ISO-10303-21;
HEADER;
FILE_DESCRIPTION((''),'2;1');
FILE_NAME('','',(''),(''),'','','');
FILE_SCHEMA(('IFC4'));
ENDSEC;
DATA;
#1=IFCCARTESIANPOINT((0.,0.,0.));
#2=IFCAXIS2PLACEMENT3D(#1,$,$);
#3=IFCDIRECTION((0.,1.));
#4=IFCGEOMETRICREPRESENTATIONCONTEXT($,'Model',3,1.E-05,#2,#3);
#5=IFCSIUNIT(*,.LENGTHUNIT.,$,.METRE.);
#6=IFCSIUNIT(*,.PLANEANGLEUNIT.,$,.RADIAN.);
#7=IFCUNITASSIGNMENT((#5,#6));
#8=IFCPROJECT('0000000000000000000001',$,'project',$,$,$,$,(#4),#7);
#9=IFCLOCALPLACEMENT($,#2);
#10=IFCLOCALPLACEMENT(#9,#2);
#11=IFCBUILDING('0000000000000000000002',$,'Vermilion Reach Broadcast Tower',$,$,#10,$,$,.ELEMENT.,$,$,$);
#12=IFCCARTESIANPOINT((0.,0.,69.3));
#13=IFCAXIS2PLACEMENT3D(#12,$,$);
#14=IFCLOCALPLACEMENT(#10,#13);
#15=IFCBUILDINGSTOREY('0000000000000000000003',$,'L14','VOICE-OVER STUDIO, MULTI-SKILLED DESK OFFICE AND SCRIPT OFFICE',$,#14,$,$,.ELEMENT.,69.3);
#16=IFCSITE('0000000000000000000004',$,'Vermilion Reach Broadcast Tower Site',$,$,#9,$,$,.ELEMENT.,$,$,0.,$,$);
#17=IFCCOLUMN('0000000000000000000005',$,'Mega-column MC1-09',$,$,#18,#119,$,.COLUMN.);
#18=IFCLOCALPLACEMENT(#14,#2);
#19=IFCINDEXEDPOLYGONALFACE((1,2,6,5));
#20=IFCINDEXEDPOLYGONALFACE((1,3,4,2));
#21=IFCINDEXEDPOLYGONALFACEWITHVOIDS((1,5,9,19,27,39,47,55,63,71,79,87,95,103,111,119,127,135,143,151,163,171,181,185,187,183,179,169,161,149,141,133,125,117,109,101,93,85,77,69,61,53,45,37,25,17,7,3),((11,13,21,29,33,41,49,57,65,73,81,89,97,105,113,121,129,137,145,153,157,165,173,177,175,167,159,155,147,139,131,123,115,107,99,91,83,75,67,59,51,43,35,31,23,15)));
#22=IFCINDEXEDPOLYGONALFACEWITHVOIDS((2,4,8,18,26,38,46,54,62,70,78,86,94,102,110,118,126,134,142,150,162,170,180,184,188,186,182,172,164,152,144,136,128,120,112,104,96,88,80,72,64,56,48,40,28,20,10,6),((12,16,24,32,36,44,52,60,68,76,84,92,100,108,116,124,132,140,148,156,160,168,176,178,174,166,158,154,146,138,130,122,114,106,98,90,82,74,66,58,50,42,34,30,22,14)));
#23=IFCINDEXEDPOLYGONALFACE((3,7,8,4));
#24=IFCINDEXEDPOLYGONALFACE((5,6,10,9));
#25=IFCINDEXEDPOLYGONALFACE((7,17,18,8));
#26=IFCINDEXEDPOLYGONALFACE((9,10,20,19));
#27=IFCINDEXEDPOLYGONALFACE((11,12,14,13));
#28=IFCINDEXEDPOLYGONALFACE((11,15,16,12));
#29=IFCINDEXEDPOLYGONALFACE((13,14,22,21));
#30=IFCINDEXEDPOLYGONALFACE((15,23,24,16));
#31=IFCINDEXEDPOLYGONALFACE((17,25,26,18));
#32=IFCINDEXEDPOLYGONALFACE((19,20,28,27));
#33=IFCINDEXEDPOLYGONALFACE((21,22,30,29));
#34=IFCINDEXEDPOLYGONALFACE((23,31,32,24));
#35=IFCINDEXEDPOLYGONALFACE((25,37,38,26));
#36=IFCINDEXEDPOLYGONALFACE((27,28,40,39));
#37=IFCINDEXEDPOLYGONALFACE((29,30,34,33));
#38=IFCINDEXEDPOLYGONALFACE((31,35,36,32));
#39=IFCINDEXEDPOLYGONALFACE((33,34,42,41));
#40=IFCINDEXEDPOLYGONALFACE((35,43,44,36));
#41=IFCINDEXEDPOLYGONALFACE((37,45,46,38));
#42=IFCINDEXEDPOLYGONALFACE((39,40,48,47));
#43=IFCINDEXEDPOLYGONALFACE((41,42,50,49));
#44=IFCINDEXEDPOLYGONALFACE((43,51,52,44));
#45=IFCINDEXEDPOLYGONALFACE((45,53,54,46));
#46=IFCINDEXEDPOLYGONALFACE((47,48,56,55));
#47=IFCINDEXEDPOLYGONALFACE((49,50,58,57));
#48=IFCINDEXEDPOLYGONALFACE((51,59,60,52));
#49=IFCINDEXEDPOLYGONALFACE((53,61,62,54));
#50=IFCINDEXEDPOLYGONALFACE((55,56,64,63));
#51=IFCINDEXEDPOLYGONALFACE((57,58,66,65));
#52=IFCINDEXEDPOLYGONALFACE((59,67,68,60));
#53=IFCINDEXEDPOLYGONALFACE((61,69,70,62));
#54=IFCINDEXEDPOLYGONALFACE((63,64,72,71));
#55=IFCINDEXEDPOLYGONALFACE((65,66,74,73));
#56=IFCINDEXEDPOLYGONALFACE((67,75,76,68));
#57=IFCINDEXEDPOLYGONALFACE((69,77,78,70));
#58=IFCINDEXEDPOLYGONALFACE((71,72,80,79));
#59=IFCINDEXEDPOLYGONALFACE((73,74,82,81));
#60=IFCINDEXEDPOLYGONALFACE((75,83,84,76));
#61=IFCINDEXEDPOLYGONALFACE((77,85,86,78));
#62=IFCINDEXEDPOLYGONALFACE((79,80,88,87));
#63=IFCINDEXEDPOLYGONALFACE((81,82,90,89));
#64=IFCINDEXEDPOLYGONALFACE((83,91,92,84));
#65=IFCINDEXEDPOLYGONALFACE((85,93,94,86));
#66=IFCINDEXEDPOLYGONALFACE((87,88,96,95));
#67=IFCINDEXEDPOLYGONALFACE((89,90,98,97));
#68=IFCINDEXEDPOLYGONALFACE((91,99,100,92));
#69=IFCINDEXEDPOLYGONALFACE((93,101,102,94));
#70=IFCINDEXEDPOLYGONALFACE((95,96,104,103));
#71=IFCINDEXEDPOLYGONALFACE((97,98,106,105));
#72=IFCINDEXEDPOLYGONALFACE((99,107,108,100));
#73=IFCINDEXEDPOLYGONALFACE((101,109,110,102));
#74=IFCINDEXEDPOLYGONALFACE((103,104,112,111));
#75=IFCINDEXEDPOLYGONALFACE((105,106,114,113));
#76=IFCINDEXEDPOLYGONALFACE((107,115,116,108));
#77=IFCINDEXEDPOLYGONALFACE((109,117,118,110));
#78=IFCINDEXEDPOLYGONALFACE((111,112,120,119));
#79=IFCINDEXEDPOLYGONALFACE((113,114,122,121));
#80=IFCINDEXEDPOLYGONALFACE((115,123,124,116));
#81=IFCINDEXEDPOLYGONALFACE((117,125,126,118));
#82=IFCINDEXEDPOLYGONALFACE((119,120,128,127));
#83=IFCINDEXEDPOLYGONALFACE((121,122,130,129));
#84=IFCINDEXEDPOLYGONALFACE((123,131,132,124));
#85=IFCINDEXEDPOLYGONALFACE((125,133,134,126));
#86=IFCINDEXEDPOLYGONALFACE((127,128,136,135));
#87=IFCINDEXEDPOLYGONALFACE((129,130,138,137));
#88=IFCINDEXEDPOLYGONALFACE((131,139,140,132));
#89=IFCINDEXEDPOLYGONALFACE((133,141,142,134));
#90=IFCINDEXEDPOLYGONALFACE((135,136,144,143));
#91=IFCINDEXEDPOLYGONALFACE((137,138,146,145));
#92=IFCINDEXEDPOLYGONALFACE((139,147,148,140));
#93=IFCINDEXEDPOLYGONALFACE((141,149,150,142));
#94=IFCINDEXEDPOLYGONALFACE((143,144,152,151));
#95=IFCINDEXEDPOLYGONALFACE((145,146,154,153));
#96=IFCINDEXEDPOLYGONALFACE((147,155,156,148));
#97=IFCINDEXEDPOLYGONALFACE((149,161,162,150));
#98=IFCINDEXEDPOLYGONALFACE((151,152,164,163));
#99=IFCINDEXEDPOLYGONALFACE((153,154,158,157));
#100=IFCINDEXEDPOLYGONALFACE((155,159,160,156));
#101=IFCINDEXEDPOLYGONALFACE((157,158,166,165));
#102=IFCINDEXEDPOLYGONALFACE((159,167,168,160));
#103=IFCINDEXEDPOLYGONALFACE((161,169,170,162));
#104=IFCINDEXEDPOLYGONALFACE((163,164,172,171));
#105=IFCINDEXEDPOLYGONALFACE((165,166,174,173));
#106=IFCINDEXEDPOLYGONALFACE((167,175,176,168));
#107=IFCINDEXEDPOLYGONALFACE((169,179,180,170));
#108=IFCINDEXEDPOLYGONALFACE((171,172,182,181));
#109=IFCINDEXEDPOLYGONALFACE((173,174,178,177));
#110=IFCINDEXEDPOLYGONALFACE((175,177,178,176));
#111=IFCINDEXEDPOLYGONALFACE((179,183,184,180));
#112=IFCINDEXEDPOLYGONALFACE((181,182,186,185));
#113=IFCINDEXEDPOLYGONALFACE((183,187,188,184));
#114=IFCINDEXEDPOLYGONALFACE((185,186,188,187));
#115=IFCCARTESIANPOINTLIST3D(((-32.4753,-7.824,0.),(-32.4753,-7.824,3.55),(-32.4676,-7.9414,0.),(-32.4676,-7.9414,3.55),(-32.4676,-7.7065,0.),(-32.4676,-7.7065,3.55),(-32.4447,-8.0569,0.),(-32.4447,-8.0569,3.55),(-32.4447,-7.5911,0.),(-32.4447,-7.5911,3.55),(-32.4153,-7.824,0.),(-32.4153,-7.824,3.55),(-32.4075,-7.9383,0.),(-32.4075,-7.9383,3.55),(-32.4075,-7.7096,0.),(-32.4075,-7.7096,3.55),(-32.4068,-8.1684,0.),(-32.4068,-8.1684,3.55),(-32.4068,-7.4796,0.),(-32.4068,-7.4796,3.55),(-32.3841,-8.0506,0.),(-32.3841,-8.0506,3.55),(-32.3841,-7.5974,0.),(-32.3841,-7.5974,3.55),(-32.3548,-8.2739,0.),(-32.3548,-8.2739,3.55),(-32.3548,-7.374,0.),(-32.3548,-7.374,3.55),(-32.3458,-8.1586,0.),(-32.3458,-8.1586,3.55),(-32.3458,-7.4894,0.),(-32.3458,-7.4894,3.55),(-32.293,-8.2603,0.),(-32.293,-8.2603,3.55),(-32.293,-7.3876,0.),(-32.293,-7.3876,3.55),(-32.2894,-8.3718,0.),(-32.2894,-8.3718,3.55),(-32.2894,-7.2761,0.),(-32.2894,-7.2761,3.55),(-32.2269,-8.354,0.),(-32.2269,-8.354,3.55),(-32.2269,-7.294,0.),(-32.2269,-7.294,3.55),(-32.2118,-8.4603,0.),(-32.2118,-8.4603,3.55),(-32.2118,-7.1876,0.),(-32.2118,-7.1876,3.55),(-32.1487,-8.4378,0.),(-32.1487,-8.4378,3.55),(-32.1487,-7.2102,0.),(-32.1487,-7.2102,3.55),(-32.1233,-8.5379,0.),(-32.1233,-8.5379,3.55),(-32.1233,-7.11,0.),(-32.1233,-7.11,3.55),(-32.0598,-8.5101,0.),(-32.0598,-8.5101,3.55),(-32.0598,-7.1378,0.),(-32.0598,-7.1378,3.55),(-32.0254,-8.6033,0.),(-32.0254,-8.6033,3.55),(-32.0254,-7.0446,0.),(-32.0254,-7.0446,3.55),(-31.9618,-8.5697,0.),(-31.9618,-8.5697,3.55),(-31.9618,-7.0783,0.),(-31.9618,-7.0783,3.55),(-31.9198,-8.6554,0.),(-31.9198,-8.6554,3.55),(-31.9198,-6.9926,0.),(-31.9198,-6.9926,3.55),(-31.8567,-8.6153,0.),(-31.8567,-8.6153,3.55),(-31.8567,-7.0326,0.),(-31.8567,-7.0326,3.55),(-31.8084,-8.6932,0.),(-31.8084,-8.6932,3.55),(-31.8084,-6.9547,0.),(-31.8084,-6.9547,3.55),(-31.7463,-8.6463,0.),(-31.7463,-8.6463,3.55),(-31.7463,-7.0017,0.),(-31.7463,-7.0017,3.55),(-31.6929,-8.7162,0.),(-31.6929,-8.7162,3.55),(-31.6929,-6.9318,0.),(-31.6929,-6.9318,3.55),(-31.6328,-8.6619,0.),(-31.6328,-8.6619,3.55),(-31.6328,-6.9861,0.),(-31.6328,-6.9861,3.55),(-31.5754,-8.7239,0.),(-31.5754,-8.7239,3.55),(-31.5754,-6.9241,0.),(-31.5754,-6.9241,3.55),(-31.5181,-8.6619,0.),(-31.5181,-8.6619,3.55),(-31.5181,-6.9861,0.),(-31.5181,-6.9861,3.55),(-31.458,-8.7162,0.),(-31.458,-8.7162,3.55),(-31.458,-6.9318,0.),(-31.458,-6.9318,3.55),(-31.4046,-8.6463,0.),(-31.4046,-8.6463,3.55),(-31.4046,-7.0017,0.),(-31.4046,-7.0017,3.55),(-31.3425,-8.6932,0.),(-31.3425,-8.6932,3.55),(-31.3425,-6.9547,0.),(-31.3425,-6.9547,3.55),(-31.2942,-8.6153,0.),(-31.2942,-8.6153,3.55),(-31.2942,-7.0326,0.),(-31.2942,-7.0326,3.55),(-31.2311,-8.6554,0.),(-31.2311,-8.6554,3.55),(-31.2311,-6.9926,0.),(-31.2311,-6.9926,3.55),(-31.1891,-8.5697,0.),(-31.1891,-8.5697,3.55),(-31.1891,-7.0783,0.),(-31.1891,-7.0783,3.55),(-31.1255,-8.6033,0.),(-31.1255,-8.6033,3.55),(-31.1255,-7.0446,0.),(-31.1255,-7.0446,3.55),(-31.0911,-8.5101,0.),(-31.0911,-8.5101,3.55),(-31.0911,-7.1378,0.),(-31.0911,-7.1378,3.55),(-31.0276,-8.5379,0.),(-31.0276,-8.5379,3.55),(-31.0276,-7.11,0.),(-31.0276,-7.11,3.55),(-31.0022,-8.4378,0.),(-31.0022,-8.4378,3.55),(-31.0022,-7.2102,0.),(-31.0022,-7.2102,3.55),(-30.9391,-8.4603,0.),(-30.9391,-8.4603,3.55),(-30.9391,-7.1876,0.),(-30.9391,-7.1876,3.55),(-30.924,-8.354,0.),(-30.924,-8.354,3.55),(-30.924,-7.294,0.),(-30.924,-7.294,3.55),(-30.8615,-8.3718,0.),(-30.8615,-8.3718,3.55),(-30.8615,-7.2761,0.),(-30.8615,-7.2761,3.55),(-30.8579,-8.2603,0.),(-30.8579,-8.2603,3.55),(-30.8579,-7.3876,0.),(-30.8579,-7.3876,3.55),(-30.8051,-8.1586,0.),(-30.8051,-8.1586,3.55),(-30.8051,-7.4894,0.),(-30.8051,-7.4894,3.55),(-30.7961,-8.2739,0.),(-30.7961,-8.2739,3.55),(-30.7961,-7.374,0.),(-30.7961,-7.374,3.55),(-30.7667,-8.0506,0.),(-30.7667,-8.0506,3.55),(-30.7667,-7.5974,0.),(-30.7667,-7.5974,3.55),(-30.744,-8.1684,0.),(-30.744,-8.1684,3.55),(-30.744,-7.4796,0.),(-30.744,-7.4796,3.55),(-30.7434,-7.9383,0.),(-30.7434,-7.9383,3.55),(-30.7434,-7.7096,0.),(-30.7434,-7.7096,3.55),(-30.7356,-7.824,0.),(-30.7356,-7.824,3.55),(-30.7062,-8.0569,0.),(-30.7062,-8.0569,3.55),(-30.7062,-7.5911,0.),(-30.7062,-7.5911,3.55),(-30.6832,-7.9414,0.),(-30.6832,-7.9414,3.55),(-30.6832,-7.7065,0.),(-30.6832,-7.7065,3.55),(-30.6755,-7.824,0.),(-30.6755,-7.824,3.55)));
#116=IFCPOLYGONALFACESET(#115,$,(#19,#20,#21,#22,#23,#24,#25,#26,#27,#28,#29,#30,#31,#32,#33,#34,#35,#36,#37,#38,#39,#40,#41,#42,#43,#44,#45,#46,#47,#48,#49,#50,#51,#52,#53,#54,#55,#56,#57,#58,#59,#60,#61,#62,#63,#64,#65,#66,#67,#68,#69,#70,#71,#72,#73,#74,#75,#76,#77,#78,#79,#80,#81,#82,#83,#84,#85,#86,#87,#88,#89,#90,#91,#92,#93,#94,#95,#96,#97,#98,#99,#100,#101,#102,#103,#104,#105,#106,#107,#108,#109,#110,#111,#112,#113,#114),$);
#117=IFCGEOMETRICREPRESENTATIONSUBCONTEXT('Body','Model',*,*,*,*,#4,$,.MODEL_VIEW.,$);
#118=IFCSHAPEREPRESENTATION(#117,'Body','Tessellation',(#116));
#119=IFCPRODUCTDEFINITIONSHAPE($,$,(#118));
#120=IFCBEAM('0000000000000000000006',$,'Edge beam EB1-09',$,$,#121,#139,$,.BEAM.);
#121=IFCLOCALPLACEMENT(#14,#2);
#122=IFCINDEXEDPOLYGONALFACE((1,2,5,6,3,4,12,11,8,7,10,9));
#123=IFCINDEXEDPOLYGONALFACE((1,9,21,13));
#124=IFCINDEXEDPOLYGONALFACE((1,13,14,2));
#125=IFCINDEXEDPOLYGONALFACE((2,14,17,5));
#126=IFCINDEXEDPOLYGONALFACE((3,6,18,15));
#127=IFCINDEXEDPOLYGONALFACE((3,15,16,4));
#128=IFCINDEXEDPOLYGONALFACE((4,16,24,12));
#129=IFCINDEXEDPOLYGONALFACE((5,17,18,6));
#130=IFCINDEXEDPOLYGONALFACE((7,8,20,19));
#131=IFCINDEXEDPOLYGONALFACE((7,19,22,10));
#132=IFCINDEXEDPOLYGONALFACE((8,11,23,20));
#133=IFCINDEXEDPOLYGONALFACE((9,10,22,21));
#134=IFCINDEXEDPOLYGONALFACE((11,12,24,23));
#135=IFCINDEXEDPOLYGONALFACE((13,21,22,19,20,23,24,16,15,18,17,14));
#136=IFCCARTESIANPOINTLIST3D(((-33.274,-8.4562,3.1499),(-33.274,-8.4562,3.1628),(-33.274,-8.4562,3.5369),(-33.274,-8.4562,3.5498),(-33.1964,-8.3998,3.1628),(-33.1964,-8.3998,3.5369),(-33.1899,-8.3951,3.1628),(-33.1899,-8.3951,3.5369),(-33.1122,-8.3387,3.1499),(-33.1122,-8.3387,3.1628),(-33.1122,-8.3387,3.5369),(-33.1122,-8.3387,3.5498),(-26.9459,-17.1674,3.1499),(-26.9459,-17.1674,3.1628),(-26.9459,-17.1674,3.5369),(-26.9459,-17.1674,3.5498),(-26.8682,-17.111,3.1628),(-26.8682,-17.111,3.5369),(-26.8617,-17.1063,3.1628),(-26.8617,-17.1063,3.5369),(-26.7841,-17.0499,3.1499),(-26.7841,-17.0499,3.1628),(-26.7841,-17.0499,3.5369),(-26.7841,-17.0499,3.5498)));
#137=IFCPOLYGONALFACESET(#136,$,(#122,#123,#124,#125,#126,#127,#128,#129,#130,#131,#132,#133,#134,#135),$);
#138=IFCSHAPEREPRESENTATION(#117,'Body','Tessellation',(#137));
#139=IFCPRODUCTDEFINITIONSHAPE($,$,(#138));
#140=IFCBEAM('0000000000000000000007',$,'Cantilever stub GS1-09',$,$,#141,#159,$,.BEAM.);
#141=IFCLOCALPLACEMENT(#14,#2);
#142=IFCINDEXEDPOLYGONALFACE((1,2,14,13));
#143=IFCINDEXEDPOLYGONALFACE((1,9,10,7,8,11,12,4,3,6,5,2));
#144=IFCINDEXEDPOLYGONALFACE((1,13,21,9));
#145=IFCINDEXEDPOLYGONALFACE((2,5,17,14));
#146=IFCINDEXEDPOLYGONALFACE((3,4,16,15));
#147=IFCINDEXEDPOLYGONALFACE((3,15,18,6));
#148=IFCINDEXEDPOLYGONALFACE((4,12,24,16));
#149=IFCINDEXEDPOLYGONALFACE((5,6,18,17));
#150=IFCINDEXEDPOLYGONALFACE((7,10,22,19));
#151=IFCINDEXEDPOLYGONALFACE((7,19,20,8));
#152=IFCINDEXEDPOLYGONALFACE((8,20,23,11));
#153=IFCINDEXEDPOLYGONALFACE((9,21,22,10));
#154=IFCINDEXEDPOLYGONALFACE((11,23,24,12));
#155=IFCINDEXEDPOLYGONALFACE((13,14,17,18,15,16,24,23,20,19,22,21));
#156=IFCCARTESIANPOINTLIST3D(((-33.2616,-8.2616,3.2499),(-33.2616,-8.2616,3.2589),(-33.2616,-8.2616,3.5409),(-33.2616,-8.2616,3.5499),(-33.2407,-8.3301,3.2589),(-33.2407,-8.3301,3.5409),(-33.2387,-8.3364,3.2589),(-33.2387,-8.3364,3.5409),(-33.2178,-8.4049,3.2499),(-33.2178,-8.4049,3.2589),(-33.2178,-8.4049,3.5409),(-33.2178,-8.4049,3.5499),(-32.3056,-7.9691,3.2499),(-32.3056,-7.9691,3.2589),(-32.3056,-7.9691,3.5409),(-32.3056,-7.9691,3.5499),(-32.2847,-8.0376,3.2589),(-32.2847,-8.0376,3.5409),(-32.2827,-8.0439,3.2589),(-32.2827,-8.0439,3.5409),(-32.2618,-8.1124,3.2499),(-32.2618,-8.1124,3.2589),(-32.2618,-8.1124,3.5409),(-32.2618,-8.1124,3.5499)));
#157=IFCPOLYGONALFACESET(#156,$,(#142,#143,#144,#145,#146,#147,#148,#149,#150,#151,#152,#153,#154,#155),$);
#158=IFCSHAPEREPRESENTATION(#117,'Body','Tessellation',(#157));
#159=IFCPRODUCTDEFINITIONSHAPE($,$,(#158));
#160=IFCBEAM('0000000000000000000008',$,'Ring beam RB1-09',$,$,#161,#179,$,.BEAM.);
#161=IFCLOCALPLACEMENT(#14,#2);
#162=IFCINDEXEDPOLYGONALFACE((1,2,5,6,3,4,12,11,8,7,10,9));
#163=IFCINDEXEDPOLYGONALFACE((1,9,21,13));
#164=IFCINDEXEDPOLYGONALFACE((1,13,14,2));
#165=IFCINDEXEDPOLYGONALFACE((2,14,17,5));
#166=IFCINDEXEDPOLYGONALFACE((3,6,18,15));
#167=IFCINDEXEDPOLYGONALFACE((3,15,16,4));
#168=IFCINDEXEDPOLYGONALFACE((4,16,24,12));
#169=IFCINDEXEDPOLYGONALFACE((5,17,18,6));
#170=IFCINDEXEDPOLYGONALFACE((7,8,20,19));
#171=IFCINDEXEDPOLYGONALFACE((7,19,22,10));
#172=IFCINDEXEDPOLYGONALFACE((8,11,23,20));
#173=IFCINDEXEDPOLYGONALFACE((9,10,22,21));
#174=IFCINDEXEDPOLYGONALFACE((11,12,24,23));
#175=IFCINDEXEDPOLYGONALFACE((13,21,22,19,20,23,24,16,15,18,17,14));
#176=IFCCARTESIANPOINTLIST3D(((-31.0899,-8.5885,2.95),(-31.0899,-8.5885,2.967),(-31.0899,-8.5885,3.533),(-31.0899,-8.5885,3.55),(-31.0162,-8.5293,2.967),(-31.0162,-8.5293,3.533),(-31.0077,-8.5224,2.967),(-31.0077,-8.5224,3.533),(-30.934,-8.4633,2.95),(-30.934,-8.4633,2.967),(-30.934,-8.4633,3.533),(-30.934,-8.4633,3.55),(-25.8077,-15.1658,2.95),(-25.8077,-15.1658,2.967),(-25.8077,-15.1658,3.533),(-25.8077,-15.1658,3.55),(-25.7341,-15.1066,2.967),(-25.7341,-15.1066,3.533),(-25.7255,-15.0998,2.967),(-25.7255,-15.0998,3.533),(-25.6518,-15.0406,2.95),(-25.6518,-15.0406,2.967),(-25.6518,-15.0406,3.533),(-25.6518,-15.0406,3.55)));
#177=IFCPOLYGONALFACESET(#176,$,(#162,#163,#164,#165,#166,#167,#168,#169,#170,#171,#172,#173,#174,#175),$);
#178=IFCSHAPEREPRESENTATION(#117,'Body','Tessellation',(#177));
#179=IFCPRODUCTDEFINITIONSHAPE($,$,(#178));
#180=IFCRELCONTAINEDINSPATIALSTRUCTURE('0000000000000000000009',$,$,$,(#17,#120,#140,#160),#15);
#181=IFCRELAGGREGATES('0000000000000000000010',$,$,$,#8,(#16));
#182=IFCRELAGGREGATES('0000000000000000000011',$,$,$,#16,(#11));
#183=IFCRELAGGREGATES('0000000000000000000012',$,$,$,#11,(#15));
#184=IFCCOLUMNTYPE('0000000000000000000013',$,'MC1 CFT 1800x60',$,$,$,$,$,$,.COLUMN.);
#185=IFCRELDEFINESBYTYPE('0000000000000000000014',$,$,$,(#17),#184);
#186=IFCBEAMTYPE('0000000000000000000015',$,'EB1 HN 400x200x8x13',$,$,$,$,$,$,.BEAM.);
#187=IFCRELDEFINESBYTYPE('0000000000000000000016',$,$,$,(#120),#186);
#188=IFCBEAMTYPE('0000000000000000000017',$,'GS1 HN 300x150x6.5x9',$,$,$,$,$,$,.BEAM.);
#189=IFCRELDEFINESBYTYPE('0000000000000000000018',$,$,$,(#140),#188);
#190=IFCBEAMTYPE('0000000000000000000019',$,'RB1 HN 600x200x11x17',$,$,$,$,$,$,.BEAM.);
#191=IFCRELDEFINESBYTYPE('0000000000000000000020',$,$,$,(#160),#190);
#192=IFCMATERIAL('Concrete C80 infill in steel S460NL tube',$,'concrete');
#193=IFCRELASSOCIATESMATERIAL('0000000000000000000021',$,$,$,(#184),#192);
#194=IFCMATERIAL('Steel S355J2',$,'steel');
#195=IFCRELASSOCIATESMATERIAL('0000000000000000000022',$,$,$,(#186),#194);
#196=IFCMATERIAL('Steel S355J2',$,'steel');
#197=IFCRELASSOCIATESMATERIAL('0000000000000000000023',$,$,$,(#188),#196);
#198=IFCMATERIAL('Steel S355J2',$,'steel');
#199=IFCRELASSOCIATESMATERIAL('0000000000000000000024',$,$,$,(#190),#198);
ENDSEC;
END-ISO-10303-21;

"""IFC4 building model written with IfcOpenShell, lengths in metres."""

from ifc_helpers import new_model, si_unit, direction, frame, origin, origin_2d, place, context, subcontext, project, spatial, hollow_circle, i_section, extrude, material, material_profile, profile_set, type_object, element, save


model = new_model("IFC4")

# Units and contexts
model_context = context("Model", 3, precision=1e-05, world=origin(), true_north=direction((0.0, 1.0)))
body_context = subcontext(model_context, "Body", "Model", "MODEL_VIEW")
ifc_project = project(units=[si_unit("LENGTHUNIT", "METRE"), si_unit("PLANEANGLEUNIT", "RADIAN")], contexts=[model_context])

# Site, building, storey
site_placement = place(None, origin())
site = spatial("IfcSite", under=ifc_project, at=site_placement, Name="Vermilion Reach Broadcast Tower Site", CompositionType="ELEMENT", RefElevation=0.0)
building_placement = place(site_placement, origin())
building = spatial("IfcBuilding", under=site, at=building_placement, Name="Vermilion Reach Broadcast Tower", CompositionType="ELEMENT")
storey_placement = place(building_placement, frame((0.0, 0.0, 69.3)))
storey = spatial("IfcBuildingStorey", under=building, at=storey_placement, Name="L14", Description="VOICE-OVER STUDIO, MULTI-SKILLED DESK OFFICE AND SCRIPT OFFICE", CompositionType="ELEMENT", Elevation=69.3)

# Column
ifc_material_1 = material(Name="Concrete C80 infill in steel S460NL tube", Category="concrete")
ifc_material_profile_1 = material_profile(ifc_material_1, hollow_circle(Radius=0.8999, WallThickness=0.0601, at=origin_2d()), Name="Concrete C80 infill in steel S460NL tube CFT 1800x60")
ifc_profile_set_1 = profile_set([ifc_material_profile_1], Name="Concrete C80 infill in steel S460NL tube")
column_type = type_object("IfcColumnType", Name="MC1 CFT 1800x60", PredefinedType="COLUMN", material=ifc_profile_set_1)
column_placement = place(storey_placement, frame((-31.5754, -7.824, 0.0), z_axis=(0.0, 0.0, 1.0), x_axis=(1.0, 0.0, 0.0)))
element("IfcColumn", 1, at=column_placement, inside=storey, type_object=column_type, Name="Mega-column MC1-09", PredefinedType="COLUMN", context=body_context, shape_type="SweptSolid", body=[
    extrude(hollow_circle(Radius=0.8999, WallThickness=0.0601, at=origin_2d()), origin(), (0.0, 0.0, 1.0), 3.55),
])

# Beams
ifc_material_2 = material(Name="Steel S355J2", Category="steel")
ifc_material_profile_2 = material_profile(ifc_material_2, i_section(OverallWidth=0.2, OverallDepth=0.3999, WebThickness=0.0081, FlangeThickness=0.0129, at=origin_2d()), Name="S355J2 HN 400x200x8x13")
ifc_profile_set_2 = profile_set([ifc_material_profile_2], Name="Steel S355J2")
beam_type_1 = type_object("IfcBeamType", Name="EB1 HN 400x200x8x13", PredefinedType="BEAM", material=ifc_profile_set_2)
beam_1_placement = place(storey_placement, frame((-33.1931, -8.3975, 3.3499), z_axis=(0.587729, -0.809058, 0.0), x_axis=(0.809058, 0.587729, 0.0)))
element("IfcBeam", 2, at=beam_1_placement, inside=storey, type_object=beam_type_1, Name="Edge beam EB1-09", PredefinedType="BEAM", context=body_context, shape_type="SweptSolid", body=[
    extrude(i_section(OverallWidth=0.2, OverallDepth=0.3999, WebThickness=0.0081, FlangeThickness=0.0129, at=origin_2d()), origin(), (0.0, 0.0, 1.0), 10.7671),
])
ifc_material_3 = material(Name="Steel S355J2", Category="steel")
ifc_material_profile_3 = material_profile(ifc_material_3, i_section(OverallWidth=0.1499, OverallDepth=0.3, WebThickness=0.0066, FlangeThickness=0.009, at=origin_2d()), Name="S355J2 HN 300x150x6.5x9")
ifc_profile_set_3 = profile_set([ifc_material_profile_3], Name="Steel S355J2")
beam_type_2 = type_object("IfcBeamType", Name="GS1 HN 300x150x6.5x9", PredefinedType="BEAM", material=ifc_profile_set_3)
beam_2_placement = place(storey_placement, frame((-32.2837, -8.0408, 3.3999), z_axis=(-0.956253, -0.292541, 0.0), x_axis=(0.292541, -0.956253, 0.0)))
element("IfcBeam", 3, at=beam_2_placement, inside=storey, type_object=beam_type_2, Name="Cantilever stub GS1-09", PredefinedType="BEAM", context=body_context, shape_type="SweptSolid", body=[
    extrude(i_section(OverallWidth=0.1499, OverallDepth=0.3, WebThickness=0.0066, FlangeThickness=0.009, at=origin_2d()), origin(), (0.0, 0.0, 1.0), 0.9998),
])
ifc_material_4 = material(Name="Steel S355J2", Category="steel")
ifc_material_profile_4 = material_profile(ifc_material_4, i_section(OverallWidth=0.2, OverallDepth=0.6001, WebThickness=0.011, FlangeThickness=0.0171, at=origin_2d()), Name="S355J2 HN 600x200x11x17")
ifc_profile_set_4 = profile_set([ifc_material_profile_4], Name="Steel S355J2")
beam_type_3 = type_object("IfcBeamType", Name="RB1 HN 600x200x11x17", PredefinedType="BEAM", material=ifc_profile_set_4)
beam_3_placement = place(storey_placement, frame((-31.012, -8.5259, 3.25), z_axis=(0.626162, -0.779693, 0.0), x_axis=(0.779693, 0.626162, 0.0)))
element("IfcBeam", 4, at=beam_3_placement, inside=storey, type_object=beam_type_3, Name="Ring beam RB1-09", PredefinedType="BEAM", context=body_context, shape_type="SweptSolid", body=[
    extrude(i_section(OverallWidth=0.2, OverallDepth=0.6001, WebThickness=0.011, FlangeThickness=0.0171, at=origin_2d()), origin(), (0.0, 0.0, 1.0), 8.4358),
])

save(model, "model.ifc")
